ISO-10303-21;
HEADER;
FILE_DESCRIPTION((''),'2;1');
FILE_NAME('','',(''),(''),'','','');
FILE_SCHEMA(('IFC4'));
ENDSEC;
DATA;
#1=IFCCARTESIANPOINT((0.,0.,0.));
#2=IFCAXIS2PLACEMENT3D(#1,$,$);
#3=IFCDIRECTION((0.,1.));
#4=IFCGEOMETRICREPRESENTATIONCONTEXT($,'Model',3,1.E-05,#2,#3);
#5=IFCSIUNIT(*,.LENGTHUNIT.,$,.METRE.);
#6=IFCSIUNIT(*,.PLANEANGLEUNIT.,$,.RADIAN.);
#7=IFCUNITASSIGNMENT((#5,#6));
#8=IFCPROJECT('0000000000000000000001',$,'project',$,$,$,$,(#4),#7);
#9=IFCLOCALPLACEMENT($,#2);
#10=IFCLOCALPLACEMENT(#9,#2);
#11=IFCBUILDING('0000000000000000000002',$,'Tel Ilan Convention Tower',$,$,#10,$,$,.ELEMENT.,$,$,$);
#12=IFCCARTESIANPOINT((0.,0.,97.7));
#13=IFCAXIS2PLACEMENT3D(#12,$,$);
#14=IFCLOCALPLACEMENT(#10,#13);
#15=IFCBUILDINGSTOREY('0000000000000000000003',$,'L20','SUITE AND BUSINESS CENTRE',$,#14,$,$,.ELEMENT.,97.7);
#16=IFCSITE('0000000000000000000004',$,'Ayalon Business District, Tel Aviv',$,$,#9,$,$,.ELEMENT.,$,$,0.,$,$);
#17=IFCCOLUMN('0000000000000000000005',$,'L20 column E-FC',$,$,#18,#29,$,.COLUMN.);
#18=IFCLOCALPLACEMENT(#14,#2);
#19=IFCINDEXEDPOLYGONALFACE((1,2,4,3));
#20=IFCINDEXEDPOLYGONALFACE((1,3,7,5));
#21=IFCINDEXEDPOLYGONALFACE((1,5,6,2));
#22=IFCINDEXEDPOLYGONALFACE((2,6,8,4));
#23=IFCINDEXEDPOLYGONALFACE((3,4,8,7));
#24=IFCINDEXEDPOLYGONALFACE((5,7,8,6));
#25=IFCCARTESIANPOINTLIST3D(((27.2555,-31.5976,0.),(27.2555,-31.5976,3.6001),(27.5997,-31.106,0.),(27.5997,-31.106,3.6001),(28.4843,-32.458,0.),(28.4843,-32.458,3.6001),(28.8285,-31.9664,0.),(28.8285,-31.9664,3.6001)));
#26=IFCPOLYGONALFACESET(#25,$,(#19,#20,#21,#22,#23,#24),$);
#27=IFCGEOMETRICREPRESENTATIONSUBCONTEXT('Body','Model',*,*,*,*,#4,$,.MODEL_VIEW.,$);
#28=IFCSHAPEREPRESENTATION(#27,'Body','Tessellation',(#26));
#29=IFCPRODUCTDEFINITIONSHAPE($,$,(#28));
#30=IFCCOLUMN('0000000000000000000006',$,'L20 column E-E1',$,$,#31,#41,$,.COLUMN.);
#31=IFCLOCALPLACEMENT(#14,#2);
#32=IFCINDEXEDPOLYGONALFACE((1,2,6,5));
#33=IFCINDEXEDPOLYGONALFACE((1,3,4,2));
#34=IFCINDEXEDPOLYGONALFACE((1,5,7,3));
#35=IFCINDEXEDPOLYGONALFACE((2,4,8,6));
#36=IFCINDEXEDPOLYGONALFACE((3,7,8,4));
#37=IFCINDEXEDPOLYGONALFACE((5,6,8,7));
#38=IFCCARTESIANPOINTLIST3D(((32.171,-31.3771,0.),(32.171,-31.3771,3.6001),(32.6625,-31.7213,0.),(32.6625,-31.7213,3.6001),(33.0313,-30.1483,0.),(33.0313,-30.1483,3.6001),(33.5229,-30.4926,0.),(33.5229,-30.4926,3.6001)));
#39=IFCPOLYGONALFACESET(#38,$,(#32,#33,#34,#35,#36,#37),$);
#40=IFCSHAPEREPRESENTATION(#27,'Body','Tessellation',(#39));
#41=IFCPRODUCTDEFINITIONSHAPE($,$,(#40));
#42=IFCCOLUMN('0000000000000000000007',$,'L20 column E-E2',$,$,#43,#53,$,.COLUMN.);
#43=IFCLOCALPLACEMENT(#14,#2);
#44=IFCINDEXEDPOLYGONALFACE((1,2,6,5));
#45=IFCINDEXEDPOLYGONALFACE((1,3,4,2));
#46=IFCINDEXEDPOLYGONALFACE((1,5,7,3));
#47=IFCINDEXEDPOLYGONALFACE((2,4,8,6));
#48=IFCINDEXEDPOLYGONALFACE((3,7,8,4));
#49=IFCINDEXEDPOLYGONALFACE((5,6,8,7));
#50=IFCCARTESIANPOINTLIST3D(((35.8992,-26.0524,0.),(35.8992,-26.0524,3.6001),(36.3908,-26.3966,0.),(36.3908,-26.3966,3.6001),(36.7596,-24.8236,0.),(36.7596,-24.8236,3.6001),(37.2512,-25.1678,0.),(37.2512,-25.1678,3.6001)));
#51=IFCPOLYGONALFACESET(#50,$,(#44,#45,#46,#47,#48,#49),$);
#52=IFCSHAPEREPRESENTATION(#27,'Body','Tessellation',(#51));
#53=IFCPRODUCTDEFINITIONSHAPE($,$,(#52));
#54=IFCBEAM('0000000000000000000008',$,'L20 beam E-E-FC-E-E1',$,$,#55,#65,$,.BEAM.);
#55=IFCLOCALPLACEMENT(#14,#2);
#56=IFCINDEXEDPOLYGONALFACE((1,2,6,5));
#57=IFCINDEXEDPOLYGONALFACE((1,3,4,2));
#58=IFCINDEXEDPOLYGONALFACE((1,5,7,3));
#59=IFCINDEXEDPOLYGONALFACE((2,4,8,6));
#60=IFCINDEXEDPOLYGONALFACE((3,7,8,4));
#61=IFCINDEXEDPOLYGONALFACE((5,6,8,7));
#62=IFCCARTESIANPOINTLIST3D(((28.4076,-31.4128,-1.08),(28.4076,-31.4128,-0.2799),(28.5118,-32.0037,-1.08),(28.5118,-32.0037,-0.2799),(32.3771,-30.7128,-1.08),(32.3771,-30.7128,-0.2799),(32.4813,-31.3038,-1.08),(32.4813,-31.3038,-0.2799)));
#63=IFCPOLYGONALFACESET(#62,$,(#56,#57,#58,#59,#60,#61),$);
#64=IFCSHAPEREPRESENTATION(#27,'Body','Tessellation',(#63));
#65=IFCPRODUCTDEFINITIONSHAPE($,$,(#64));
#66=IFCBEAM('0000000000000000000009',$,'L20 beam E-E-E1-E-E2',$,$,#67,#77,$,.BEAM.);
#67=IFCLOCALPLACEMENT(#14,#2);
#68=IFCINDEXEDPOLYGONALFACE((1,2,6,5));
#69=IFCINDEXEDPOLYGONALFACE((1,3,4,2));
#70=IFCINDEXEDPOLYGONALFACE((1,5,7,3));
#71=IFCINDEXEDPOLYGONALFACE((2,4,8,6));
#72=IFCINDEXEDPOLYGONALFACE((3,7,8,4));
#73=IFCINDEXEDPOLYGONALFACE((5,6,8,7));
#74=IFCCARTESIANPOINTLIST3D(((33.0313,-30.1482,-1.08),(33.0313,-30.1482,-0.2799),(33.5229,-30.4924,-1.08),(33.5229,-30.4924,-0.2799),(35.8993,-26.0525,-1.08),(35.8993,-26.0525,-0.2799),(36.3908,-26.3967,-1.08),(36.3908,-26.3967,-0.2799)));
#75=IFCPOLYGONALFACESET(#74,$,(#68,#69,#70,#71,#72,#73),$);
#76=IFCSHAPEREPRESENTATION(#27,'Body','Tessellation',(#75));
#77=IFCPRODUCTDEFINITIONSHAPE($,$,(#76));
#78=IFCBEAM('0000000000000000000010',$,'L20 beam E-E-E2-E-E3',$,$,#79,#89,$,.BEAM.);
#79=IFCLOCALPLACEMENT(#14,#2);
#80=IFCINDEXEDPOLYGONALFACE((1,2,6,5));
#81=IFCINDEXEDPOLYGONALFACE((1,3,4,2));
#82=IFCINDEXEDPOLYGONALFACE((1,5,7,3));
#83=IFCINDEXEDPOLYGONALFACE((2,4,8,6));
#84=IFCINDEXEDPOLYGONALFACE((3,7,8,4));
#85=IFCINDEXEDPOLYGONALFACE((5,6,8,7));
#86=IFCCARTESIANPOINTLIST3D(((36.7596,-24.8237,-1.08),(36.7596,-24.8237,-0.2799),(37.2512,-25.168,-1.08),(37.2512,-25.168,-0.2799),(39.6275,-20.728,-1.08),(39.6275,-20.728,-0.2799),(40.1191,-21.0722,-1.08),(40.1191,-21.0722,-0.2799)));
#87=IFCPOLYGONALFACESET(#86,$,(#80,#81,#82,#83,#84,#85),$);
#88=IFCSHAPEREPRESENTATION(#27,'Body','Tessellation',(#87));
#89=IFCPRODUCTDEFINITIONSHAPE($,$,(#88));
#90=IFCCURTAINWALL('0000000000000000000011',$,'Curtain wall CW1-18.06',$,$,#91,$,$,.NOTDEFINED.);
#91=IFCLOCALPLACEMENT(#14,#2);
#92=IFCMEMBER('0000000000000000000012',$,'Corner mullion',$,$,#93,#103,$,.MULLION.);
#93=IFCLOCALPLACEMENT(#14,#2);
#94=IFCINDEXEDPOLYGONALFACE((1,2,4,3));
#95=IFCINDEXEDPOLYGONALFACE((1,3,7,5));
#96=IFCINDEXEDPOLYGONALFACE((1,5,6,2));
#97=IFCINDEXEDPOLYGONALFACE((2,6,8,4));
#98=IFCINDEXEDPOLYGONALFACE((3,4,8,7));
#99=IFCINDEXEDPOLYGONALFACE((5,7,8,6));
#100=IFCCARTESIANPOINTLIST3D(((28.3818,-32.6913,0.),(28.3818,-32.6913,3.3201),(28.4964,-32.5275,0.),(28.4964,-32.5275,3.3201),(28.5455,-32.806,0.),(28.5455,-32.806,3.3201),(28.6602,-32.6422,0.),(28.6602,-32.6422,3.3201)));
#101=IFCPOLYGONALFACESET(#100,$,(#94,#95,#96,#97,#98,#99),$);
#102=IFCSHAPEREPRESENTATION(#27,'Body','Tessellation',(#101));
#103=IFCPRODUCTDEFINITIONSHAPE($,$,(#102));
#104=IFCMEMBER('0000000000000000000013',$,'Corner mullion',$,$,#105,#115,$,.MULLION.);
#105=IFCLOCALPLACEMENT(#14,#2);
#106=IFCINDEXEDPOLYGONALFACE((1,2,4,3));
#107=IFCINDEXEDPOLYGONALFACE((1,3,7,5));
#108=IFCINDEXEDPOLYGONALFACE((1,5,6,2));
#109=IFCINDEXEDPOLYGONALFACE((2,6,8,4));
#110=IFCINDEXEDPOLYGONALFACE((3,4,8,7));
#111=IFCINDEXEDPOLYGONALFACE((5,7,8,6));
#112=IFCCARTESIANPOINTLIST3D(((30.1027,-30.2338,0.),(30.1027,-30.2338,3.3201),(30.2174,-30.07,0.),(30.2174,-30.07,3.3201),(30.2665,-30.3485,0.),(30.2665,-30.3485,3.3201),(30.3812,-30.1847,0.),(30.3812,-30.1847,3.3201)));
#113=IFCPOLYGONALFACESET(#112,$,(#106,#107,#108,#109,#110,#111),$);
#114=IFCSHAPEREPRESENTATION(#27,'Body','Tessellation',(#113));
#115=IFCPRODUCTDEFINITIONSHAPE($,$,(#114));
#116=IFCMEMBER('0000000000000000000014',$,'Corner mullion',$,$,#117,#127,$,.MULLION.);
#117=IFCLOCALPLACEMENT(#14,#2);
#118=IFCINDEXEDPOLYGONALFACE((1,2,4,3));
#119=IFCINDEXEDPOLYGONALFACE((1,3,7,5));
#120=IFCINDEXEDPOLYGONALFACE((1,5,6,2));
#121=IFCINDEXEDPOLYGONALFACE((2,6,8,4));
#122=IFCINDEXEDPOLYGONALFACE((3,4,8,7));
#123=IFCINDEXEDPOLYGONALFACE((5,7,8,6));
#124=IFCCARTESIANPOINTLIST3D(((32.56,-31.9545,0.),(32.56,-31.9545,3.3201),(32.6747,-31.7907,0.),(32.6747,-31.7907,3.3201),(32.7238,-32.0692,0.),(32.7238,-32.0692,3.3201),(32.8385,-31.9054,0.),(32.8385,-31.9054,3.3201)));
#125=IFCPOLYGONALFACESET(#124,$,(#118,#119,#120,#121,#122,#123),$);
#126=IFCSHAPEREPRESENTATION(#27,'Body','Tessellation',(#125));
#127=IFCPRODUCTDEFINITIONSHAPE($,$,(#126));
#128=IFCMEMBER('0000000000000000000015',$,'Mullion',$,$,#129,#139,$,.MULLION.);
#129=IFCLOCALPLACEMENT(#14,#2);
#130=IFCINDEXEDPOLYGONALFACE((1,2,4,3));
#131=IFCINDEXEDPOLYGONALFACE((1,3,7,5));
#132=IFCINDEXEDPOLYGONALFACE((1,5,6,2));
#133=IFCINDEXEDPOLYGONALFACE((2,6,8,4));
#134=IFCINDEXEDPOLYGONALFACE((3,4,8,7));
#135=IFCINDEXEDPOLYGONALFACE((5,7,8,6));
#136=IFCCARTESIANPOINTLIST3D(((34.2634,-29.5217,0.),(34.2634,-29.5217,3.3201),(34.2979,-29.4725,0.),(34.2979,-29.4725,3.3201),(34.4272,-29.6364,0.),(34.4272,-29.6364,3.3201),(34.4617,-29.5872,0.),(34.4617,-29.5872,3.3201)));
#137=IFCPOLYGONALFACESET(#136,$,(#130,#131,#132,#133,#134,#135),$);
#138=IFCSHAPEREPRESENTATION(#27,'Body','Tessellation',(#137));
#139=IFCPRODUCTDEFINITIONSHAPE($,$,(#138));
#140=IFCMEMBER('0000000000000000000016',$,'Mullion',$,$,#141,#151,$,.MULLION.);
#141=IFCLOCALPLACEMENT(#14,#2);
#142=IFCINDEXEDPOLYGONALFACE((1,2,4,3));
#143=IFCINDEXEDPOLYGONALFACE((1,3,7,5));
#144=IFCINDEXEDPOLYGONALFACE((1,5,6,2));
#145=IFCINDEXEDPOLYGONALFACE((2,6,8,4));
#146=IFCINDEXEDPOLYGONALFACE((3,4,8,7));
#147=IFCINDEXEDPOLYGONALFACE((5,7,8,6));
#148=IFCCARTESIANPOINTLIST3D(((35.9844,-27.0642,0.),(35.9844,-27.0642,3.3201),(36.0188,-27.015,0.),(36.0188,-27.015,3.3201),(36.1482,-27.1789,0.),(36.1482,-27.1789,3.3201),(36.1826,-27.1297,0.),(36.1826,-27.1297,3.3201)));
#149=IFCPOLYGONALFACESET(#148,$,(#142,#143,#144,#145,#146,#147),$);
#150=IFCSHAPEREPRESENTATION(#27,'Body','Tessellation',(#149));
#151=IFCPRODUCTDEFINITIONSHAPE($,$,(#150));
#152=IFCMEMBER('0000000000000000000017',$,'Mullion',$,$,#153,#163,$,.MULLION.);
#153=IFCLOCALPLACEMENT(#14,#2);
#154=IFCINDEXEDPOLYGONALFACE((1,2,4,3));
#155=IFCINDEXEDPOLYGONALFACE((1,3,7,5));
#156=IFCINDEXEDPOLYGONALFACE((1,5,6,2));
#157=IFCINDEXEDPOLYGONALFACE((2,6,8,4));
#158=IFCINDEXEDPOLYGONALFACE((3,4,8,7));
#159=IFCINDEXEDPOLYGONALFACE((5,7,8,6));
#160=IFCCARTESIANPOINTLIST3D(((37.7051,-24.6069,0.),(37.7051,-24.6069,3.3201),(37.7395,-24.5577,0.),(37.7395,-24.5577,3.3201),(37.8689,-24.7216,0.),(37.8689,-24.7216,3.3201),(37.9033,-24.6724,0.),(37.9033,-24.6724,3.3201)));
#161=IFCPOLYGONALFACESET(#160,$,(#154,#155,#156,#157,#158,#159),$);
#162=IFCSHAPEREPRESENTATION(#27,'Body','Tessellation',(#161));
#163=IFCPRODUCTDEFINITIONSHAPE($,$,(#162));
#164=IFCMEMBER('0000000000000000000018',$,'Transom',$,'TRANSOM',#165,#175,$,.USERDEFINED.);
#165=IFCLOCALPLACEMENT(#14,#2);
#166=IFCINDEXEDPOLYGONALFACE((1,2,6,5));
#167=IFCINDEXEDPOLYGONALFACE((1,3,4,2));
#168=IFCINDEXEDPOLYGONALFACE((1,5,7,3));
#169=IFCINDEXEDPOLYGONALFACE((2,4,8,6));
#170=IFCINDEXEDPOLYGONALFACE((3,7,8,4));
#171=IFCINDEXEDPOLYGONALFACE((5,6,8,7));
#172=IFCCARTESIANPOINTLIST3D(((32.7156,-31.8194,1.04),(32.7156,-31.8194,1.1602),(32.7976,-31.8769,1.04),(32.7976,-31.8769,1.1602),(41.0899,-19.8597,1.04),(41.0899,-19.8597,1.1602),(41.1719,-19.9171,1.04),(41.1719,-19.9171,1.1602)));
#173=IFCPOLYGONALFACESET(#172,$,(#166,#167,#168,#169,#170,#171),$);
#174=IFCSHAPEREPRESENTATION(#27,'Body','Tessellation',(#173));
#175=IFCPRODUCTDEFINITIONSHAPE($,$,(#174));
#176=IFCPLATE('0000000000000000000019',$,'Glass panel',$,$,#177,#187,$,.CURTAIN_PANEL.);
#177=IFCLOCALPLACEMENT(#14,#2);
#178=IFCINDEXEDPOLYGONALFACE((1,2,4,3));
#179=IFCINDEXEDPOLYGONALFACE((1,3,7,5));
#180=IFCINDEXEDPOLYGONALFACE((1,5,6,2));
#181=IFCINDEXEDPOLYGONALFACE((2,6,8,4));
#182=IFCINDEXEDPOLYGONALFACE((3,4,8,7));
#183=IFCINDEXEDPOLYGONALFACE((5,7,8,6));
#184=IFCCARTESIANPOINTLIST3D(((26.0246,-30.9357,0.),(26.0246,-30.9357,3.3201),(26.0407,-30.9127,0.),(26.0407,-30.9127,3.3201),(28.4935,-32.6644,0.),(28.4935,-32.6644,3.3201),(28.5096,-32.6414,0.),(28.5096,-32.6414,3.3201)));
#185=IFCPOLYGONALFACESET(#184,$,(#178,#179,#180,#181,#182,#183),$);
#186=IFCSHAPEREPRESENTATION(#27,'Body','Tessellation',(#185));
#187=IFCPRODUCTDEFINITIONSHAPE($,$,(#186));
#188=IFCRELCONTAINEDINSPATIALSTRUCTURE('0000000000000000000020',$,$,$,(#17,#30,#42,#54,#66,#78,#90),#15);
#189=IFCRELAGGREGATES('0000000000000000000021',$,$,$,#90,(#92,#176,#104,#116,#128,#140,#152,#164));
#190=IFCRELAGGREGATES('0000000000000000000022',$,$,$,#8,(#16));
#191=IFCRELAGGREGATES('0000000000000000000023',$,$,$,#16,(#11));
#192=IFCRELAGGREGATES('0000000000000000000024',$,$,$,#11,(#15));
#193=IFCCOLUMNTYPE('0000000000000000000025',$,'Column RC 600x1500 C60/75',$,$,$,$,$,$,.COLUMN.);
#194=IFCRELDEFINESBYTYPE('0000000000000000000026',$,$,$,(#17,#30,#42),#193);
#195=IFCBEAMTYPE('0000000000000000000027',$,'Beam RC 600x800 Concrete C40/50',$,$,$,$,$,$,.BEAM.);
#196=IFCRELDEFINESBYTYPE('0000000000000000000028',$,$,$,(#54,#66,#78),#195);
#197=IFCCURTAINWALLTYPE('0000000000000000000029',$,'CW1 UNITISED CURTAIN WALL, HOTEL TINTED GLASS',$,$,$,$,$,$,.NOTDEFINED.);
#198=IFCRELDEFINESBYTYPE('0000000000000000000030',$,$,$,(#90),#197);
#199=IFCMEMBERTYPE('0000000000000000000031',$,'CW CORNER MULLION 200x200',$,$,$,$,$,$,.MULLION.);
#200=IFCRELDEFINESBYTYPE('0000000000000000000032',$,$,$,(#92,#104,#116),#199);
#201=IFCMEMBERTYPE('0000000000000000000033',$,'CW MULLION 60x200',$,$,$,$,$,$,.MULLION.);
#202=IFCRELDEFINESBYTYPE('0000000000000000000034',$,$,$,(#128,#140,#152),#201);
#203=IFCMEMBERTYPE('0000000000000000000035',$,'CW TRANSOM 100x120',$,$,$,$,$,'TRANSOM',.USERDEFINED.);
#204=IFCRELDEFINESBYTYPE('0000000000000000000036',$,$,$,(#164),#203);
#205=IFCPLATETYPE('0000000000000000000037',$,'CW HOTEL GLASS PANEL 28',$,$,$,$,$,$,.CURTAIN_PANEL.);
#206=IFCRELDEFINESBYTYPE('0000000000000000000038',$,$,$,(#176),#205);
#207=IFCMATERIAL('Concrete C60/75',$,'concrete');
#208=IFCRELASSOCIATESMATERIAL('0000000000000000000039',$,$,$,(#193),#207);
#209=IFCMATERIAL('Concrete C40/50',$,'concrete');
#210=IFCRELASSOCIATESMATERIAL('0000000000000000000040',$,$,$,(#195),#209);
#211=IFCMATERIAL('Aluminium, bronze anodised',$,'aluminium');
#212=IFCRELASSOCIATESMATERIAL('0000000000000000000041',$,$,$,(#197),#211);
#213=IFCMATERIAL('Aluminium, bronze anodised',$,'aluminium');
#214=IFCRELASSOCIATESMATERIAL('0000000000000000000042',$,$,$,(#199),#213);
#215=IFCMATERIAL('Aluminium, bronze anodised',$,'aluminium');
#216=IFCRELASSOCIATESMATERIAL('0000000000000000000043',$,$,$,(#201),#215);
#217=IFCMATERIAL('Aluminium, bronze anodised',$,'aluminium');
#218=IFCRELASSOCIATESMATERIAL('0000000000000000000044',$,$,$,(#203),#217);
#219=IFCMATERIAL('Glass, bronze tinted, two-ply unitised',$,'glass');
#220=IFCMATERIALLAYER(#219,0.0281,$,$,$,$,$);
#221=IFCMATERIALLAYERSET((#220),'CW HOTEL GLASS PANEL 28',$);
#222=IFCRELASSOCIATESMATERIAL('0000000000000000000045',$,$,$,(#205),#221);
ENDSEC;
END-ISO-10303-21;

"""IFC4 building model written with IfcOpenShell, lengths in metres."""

from ifc_helpers import new_model, si_unit, direction, frame, origin, origin_2d, place, context, subcontext, project, spatial, rectangle, extrude, material, layer, layer_set, material_profile, profile_set, type_object, element, aggregate, save


model = new_model("IFC4")

# Units and contexts
model_context = context("Model", 3, precision=1e-05, world=origin(), true_north=direction((0.0, 1.0)))
body_context = subcontext(model_context, "Body", "Model", "MODEL_VIEW")
ifc_project = project(units=[si_unit("LENGTHUNIT", "METRE"), si_unit("PLANEANGLEUNIT", "RADIAN")], contexts=[model_context])

# Site, building, storey
site_placement = place(None, origin())
site = spatial("IfcSite", under=ifc_project, at=site_placement, Name="Ayalon Business District, Tel Aviv", CompositionType="ELEMENT", RefElevation=0.0)
building_placement = place(site_placement, origin())
building = spatial("IfcBuilding", under=site, at=building_placement, Name="Tel Ilan Convention Tower", CompositionType="ELEMENT")
storey_placement = place(building_placement, frame((0.0, 0.0, 97.7)))
storey = spatial("IfcBuildingStorey", under=building, at=storey_placement, Name="L20", Description="SUITE AND BUSINESS CENTRE", CompositionType="ELEMENT", Elevation=97.7)

# Columns
ifc_material_1 = material(Name="Concrete C60/75", Category="concrete")
ifc_material_profile_1 = material_profile(ifc_material_1, rectangle(XDim=1.5, YDim=0.6001, at=origin_2d()), Name="RC 600x1500")
ifc_profile_set_1 = profile_set([ifc_material_profile_1], Name="Concrete C60/75")
column_type = type_object("IfcColumnType", Name="Column RC 600x1500 C60/75", PredefinedType="COLUMN", material=ifc_profile_set_1)
for number, where, z_axis, x_axis, name in (
    (1, (28.042, -31.782, 0.0), (0.0, 0.0, 1.0), (0.819152, -0.573576, 0.0), "L20 column E-FC"),
    (2, (32.8469, -30.9348, 0.0), (0.0, 0.0, 1.0), (0.573576, 0.819152, 0.0), "L20 column E-E1"),
    (3, (36.5752, -25.6101, 0.0), (0.0, 0.0, 1.0), (0.573576, 0.819152, 0.0), "L20 column E-E2"),
):
    element("IfcColumn", number, at=place(storey_placement, frame(where, z_axis=z_axis, x_axis=x_axis)), inside=storey, type_object=column_type, Name=name, PredefinedType="COLUMN", context=body_context, shape_type="SweptSolid", body=[
        extrude(rectangle(XDim=1.5, YDim=0.6001, at=origin_2d()), origin(), (0.0, 0.0, 1.0), 3.6001),
    ])

# Beams
ifc_material_2 = material(Name="Concrete C40/50", Category="concrete")
ifc_material_profile_2 = material_profile(ifc_material_2, rectangle(XDim=0.6001, YDim=0.8, at=origin_2d()), Name="RC 600x800")
ifc_profile_set_2 = profile_set([ifc_material_profile_2], Name="Concrete C40/50")
beam_type = type_object("IfcBeamType", Name="Beam RC 600x800 Concrete C40/50", PredefinedType="BEAM", material=ifc_profile_set_2)
beam_placement = place(storey_placement, frame((28.4597, -31.7083, -0.6799), z_axis=(0.984807, 0.173654, 0.0), x_axis=(-0.173654, 0.984807, 0.0)))
element("IfcBeam", 4, at=beam_placement, inside=storey, type_object=beam_type, Name="L20 beam E-E-FC-E-E1", PredefinedType="BEAM", context=body_context, shape_type="SweptSolid", body=[
    extrude(rectangle(XDim=0.6001, YDim=0.8, at=origin_2d()), origin(), (0.0, 0.0, 1.0), 4.0308),
])
for number, where, z_axis, x_axis, name in (
    (5, (33.2771, -30.3203, -0.6799), (0.573587, 0.819145, 0.0), (-0.819145, 0.573587, 0.0), "L20 beam E-E-E1-E-E2"),
    (6, (37.0054, -24.9958, -0.6799), (0.573587, 0.819145, 0.0), (-0.819145, 0.573587, 0.0), "L20 beam E-E-E2-E-E3"),
):
    element("IfcBeam", number, at=place(storey_placement, frame(where, z_axis=z_axis, x_axis=x_axis)), inside=storey, type_object=beam_type, Name=name, PredefinedType="BEAM", context=body_context, shape_type="SweptSolid", body=[
        extrude(rectangle(XDim=0.6001, YDim=0.8, at=origin_2d()), origin(), (0.0, 0.0, 1.0), 5.0),
    ])

# Curtain wall, members, plate
ifc_material_3 = material(Name="Aluminium, bronze anodised", Category="aluminium")
curtain_wall_type = type_object("IfcCurtainWallType", Name="CW1 UNITISED CURTAIN WALL, HOTEL TINTED GLASS", PredefinedType="NOTDEFINED", material=ifc_material_3)
curtain_wall_placement = place(storey_placement, origin())
curtain_wall = element("IfcCurtainWall", 7, at=curtain_wall_placement, inside=storey, type_object=curtain_wall_type, Name="Curtain wall CW1-18.06", PredefinedType="NOTDEFINED")
ifc_material_4 = material(Name="Aluminium, bronze anodised", Category="aluminium")
ifc_material_profile_3 = material_profile(ifc_material_4, rectangle(XDim=0.2, YDim=0.2, at=origin_2d()), Name="CW CORNER MULLION 200x200")
ifc_profile_set_3 = profile_set([ifc_material_profile_3], Name="Aluminium, bronze anodised")
member_type_1 = type_object("IfcMemberType", Name="CW CORNER MULLION 200x200", PredefinedType="MULLION", material=ifc_profile_set_3)
member_1_placement = place(storey_placement, frame((28.521, -32.6667, 0.0), z_axis=(0.0, 0.0, 1.0), x_axis=(0.819152, -0.573576, 0.0)))
member_1 = element("IfcMember", 8, at=member_1_placement, type_object=member_type_1, Name="Corner mullion", PredefinedType="MULLION", context=body_context, shape_type="SweptSolid", body=[
    extrude(rectangle(XDim=0.2, YDim=0.2, at=origin_2d()), origin(), (0.0, 0.0, 1.0), 3.3201),
])
member_2_placement = place(storey_placement, frame((30.2419, -30.2092, 0.0), z_axis=(0.0, 0.0, 1.0), x_axis=(0.573576, 0.819152, 0.0)))
member_2 = element("IfcMember", 9, at=member_2_placement, type_object=member_type_1, Name="Corner mullion", PredefinedType="MULLION", context=body_context, shape_type="SweptSolid", body=[
    extrude(rectangle(XDim=0.2, YDim=0.2, at=origin_2d()), origin(), (0.0, 0.0, 1.0), 3.3201),
])
member_3_placement = place(storey_placement, frame((32.6992, -31.9299, 0.0), z_axis=(0.0, 0.0, 1.0), x_axis=(0.819152, -0.573576, 0.0)))
member_3 = element("IfcMember", 10, at=member_3_placement, type_object=member_type_1, Name="Corner mullion", PredefinedType="MULLION", context=body_context, shape_type="SweptSolid", body=[
    extrude(rectangle(XDim=0.2, YDim=0.2, at=origin_2d()), origin(), (0.0, 0.0, 1.0), 3.3201),
])
ifc_material_5 = material(Name="Aluminium, bronze anodised", Category="aluminium")
ifc_material_profile_4 = material_profile(ifc_material_5, rectangle(XDim=0.0601, YDim=0.2, at=origin_2d()), Name="CW MULLION 60x200")
ifc_profile_set_4 = profile_set([ifc_material_profile_4], Name="Aluminium, bronze anodised")
member_type_2 = type_object("IfcMemberType", Name="CW MULLION 60x200", PredefinedType="MULLION", material=ifc_profile_set_4)
member_4_placement = place(storey_placement, frame((34.3625, -29.5544, 0.0), z_axis=(0.0, 0.0, 1.0), x_axis=(0.573576, 0.819152, 0.0)))
member_4 = element("IfcMember", 11, at=member_4_placement, type_object=member_type_2, Name="Mullion", PredefinedType="MULLION", context=body_context, shape_type="SweptSolid", body=[
    extrude(rectangle(XDim=0.0601, YDim=0.2, at=origin_2d()), origin(), (0.0, 0.0, 1.0), 3.3201),
])
member_5_placement = place(storey_placement, frame((36.0835, -27.0969, 0.0), z_axis=(0.0, 0.0, 1.0), x_axis=(0.573576, 0.819152, 0.0)))
member_5 = element("IfcMember", 12, at=member_5_placement, type_object=member_type_2, Name="Mullion", PredefinedType="MULLION", context=body_context, shape_type="SweptSolid", body=[
    extrude(rectangle(XDim=0.0601, YDim=0.2, at=origin_2d()), origin(), (0.0, 0.0, 1.0), 3.3201),
])
member_6_placement = place(storey_placement, frame((37.8042, -24.6396, 0.0), z_axis=(0.0, 0.0, 1.0), x_axis=(0.573576, 0.819152, 0.0)))
member_6 = element("IfcMember", 13, at=member_6_placement, type_object=member_type_2, Name="Mullion", PredefinedType="MULLION", context=body_context, shape_type="SweptSolid", body=[
    extrude(rectangle(XDim=0.0601, YDim=0.2, at=origin_2d()), origin(), (0.0, 0.0, 1.0), 3.3201),
])
ifc_material_6 = material(Name="Aluminium, bronze anodised", Category="aluminium")
ifc_material_profile_5 = material_profile(ifc_material_6, rectangle(XDim=0.1001, YDim=0.1201, at=origin_2d()), Name="CW TRANSOM 100x120")
ifc_profile_set_5 = profile_set([ifc_material_profile_5], Name="Aluminium, bronze anodised")
member_type_3 = type_object("IfcMemberType", Name="CW TRANSOM 100x120", ElementType="TRANSOM", PredefinedType="USERDEFINED", material=ifc_profile_set_5)
member_7_placement = place(storey_placement, frame((32.7566, -31.8481, 1.1001), z_axis=(0.573576, 0.819153, 0.0), x_axis=(-0.819153, 0.573576, 0.0)))
member_7 = element("IfcMember", 14, at=member_7_placement, type_object=member_type_3, Name="Transom", ObjectType="TRANSOM", PredefinedType="USERDEFINED", context=body_context, shape_type="SweptSolid", body=[
    extrude(rectangle(XDim=0.1001, YDim=0.1201, at=origin_2d()), origin(), (0.0, 0.0, 1.0), 14.6001),
])
ifc_material_7 = material(Name="Glass, bronze tinted, two-ply unitised", Category="glass")
ifc_layer_1 = layer(ifc_material_7, 0.0281)
ifc_layer_set_1 = layer_set([ifc_layer_1], Name="CW HOTEL GLASS PANEL 28")
plate_type = type_object("IfcPlateType", Name="CW HOTEL GLASS PANEL 28", PredefinedType="CURTAIN_PANEL", material=ifc_layer_set_1)
plate_1_placement = place(storey_placement, frame((27.2671, -31.7886, 0.0), z_axis=(0.0, 0.0, 1.0), x_axis=(0.819152, -0.573576, 0.0)))
plate_1 = element("IfcPlate", 15, at=plate_1_placement, type_object=plate_type, Name="Glass panel", PredefinedType="CURTAIN_PANEL", context=body_context, shape_type="SweptSolid", body=[
    extrude(rectangle(XDim=3.0139, YDim=0.0281, at=origin_2d()), origin(), (0.0, 0.0, 1.0), 3.3201),
])
aggregate(curtain_wall, [member_1, plate_1, member_2, member_3, member_4, member_5, member_6, member_7])

save(model, "model.ifc")
